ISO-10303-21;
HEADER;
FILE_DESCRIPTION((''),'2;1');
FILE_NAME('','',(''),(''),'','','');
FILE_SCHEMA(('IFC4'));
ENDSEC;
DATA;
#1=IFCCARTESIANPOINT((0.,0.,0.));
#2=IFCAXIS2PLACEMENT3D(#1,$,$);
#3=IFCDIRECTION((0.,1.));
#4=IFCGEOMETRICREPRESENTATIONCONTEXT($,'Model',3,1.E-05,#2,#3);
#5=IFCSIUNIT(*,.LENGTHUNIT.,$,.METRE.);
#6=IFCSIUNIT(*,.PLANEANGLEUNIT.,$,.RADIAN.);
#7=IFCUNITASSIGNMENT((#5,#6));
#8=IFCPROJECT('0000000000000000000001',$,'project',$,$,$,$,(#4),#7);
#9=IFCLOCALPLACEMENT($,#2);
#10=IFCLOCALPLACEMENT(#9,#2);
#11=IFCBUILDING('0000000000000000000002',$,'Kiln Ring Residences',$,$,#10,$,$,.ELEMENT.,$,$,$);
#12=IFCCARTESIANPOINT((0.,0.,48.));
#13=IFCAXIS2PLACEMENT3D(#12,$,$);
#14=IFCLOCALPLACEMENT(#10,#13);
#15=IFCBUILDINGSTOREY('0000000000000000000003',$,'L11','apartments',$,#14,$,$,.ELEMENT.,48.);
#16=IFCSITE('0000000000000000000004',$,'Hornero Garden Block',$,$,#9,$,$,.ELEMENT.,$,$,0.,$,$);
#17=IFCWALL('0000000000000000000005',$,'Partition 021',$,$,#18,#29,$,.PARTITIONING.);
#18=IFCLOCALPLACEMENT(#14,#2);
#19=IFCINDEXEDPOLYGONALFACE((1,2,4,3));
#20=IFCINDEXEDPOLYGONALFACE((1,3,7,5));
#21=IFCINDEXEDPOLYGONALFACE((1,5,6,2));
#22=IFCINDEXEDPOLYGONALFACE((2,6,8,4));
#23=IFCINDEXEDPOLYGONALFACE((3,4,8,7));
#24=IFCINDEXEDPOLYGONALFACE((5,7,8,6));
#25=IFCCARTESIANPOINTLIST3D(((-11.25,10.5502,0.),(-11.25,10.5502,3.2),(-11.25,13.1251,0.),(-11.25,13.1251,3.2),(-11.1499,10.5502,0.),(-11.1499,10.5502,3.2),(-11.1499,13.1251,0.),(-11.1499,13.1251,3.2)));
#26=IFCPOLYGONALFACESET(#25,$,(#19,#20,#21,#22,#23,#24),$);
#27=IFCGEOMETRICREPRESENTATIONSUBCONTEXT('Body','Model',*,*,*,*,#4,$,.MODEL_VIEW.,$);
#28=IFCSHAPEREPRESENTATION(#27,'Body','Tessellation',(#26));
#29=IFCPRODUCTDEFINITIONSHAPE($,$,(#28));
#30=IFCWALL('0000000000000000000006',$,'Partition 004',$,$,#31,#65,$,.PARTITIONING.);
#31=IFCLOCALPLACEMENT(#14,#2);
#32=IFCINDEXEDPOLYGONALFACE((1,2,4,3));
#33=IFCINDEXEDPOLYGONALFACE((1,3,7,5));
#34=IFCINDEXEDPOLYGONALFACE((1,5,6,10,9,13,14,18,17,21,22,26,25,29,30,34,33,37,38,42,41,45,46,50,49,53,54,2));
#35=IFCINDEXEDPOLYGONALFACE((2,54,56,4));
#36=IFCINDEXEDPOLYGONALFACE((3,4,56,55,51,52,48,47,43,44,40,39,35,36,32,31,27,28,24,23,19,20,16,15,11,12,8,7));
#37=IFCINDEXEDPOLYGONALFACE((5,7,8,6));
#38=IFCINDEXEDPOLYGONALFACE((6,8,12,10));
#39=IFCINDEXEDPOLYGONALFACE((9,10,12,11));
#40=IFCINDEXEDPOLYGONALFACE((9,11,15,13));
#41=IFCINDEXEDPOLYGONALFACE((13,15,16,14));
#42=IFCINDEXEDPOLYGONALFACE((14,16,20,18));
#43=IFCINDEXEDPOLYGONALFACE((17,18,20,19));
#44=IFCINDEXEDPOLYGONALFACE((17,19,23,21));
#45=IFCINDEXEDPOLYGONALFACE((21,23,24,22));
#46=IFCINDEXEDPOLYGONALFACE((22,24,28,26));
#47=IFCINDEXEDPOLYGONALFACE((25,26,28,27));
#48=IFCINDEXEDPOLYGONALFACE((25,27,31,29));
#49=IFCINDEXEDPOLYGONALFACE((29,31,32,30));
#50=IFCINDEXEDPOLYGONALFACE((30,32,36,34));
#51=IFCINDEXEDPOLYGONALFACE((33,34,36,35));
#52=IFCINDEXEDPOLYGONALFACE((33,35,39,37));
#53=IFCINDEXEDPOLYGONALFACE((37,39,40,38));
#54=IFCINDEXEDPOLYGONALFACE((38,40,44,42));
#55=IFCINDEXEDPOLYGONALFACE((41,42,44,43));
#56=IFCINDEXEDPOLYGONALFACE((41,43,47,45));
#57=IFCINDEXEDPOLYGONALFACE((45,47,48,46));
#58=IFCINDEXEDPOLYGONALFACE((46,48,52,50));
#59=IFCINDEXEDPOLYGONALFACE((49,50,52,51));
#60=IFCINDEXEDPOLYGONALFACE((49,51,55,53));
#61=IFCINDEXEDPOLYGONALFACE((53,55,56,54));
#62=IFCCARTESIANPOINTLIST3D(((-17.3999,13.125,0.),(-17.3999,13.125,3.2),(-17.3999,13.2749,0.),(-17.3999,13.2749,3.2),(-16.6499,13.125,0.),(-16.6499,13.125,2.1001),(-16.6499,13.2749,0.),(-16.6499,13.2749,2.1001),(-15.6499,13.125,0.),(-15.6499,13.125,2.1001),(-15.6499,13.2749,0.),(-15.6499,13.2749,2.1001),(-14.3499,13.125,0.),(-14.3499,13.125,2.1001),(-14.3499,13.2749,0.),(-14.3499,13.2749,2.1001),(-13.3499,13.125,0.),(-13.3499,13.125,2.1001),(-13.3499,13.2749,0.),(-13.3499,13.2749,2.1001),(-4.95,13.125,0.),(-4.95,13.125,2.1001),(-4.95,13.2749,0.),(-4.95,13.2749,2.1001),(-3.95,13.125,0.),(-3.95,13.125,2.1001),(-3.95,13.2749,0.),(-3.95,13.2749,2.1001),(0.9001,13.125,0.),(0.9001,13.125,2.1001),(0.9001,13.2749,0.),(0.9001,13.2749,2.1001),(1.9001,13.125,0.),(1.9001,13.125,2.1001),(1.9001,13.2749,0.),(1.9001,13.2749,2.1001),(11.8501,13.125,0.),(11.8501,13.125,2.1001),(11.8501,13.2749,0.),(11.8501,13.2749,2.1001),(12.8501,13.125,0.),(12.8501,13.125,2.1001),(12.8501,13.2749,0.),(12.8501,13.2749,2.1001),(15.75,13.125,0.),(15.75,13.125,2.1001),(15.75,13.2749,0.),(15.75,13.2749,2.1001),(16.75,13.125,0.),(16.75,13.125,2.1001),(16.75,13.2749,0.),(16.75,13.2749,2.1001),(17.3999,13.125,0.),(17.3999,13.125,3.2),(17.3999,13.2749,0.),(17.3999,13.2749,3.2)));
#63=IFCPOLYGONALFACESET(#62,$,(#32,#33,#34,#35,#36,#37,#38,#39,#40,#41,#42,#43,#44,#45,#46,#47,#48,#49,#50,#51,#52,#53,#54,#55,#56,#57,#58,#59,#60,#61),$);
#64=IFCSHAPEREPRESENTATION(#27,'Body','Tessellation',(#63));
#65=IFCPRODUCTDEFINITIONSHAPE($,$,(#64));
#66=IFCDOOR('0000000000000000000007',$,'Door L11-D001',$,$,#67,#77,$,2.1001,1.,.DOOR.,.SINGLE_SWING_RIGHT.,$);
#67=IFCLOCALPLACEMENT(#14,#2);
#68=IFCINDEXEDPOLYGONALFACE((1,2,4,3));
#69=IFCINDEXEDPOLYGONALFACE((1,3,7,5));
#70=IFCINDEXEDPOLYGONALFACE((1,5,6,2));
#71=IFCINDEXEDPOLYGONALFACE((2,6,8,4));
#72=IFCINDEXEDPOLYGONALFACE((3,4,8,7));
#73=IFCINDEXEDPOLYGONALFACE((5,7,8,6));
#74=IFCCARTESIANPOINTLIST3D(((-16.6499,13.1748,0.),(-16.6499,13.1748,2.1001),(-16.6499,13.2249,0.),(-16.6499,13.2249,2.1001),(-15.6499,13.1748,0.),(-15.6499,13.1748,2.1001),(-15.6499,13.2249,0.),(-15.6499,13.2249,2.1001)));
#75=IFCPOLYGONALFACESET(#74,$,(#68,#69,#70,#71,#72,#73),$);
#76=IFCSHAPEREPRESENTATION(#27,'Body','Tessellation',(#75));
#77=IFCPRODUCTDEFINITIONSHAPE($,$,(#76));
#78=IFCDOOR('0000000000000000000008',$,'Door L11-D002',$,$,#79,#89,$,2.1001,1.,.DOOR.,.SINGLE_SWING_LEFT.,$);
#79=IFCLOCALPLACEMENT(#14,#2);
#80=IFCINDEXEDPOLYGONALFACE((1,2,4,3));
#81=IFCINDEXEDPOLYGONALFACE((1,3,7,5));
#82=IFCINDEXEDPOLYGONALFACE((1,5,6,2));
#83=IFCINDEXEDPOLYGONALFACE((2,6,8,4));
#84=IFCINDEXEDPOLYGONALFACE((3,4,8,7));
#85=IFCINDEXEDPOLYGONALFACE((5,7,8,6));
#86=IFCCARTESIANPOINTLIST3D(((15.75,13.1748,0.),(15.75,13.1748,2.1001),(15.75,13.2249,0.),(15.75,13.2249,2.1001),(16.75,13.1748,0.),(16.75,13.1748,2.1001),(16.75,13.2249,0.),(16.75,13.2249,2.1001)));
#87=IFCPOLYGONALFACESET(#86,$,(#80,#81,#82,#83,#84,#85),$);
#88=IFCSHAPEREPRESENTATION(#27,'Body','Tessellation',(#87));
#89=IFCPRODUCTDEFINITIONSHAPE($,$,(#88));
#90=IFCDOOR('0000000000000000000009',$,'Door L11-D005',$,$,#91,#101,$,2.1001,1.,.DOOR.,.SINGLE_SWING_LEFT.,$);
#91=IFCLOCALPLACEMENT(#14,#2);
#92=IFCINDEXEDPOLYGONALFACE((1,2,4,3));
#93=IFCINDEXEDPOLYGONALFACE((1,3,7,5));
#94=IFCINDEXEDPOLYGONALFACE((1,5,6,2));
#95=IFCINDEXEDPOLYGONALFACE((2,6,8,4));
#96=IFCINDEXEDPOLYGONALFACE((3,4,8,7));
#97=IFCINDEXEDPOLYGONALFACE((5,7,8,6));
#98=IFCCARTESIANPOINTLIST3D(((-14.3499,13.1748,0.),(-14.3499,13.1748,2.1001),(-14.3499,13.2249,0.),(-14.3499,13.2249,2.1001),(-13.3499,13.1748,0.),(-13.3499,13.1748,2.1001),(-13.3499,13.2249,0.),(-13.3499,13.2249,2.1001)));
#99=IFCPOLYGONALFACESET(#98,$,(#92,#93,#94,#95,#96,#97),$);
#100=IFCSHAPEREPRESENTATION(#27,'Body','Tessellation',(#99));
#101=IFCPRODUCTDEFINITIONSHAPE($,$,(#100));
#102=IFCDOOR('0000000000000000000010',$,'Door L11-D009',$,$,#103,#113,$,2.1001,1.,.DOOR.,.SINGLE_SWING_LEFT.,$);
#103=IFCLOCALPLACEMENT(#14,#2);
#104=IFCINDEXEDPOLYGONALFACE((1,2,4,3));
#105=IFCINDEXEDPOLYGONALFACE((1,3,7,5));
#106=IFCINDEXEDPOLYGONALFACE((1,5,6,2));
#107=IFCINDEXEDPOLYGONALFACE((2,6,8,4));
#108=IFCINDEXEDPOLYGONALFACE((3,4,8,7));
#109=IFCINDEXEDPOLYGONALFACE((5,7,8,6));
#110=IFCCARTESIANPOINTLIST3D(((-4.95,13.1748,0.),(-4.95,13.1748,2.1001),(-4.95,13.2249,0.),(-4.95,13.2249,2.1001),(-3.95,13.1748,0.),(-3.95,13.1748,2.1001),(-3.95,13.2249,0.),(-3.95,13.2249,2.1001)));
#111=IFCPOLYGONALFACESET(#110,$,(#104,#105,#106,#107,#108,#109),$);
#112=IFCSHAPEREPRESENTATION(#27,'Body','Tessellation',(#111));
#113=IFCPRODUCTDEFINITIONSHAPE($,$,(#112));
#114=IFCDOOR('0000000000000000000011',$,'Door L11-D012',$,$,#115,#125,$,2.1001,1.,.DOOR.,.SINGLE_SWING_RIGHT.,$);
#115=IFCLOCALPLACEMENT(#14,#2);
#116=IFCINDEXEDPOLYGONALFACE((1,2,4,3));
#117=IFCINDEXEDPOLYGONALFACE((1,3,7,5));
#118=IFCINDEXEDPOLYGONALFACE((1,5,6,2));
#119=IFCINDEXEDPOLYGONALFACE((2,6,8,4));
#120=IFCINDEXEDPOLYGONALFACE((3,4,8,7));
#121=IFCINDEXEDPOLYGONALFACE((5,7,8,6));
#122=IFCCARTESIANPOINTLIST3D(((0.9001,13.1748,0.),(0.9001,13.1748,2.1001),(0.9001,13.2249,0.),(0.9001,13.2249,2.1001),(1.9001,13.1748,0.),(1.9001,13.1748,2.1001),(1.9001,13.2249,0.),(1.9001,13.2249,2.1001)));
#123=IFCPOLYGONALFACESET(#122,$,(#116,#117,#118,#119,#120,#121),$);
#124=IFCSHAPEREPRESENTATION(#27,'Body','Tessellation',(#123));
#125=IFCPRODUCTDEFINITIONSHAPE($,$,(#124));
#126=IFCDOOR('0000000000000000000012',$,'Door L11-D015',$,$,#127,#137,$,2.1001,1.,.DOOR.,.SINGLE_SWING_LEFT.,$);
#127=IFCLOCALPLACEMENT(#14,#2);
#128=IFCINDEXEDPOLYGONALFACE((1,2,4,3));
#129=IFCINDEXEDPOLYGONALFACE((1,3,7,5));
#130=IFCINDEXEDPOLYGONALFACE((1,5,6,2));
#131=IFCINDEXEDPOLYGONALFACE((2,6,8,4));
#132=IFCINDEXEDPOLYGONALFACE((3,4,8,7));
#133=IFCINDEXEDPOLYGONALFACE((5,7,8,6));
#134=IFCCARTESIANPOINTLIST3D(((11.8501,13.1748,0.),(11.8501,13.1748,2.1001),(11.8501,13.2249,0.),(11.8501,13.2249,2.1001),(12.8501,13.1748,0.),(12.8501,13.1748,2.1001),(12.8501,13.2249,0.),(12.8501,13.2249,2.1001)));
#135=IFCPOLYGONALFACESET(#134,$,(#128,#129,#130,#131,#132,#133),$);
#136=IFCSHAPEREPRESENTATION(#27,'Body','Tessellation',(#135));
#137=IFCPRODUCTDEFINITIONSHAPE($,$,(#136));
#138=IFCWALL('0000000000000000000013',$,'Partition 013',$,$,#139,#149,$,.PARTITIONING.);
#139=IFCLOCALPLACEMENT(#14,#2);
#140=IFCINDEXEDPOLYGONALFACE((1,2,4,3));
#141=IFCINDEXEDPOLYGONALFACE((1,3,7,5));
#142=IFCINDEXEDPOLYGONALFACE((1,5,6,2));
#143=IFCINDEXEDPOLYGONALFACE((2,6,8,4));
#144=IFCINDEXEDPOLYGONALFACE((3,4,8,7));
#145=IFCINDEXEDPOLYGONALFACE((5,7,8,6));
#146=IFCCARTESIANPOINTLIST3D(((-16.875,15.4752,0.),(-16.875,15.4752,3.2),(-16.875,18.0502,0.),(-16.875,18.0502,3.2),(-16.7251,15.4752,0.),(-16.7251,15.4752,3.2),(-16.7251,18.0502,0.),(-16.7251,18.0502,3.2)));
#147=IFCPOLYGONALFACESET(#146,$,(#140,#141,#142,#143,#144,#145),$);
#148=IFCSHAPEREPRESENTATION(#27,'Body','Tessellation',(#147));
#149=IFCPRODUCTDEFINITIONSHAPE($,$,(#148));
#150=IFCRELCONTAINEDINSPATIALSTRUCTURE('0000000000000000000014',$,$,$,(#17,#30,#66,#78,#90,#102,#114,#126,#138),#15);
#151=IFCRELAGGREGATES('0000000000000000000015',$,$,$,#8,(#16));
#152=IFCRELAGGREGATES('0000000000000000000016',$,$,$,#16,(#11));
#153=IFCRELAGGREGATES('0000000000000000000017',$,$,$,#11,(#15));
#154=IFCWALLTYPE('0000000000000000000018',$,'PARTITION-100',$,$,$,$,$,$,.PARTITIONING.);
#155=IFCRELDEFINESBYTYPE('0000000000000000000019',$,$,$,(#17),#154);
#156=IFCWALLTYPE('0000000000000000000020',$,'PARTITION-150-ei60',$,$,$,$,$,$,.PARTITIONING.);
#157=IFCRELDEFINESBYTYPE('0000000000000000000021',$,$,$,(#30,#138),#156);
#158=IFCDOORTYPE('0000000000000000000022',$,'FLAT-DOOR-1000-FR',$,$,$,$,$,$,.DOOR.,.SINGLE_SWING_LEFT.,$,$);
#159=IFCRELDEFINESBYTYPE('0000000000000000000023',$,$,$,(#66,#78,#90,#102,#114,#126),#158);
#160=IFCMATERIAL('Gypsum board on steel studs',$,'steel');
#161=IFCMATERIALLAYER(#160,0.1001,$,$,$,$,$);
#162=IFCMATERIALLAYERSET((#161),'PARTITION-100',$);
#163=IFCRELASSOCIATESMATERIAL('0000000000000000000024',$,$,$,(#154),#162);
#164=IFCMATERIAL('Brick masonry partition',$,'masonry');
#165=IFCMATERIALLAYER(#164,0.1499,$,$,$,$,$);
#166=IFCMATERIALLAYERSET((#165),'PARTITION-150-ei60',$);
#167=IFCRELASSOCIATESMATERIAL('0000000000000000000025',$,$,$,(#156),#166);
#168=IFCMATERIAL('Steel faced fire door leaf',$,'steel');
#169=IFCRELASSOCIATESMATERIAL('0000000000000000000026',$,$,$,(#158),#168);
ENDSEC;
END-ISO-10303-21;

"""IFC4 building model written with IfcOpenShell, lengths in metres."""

from ifc_helpers import new_model, si_unit, direction, frame, frame_2d, origin, place, context, subcontext, project, spatial, rectangle, extrude, material, layer, layer_set, type_object, element, fill, save


model = new_model("IFC4")

# Units and contexts
model_context = context("Model", 3, precision=1e-05, world=origin(), true_north=direction((0.0, 1.0)))
body_context = subcontext(model_context, "Body", "Model", "MODEL_VIEW")
ifc_project = project(units=[si_unit("LENGTHUNIT", "METRE"), si_unit("PLANEANGLEUNIT", "RADIAN")], contexts=[model_context])

# Site, building, storey
site_placement = place(None, origin())
site = spatial("IfcSite", under=ifc_project, at=site_placement, Name="Hornero Garden Block", CompositionType="ELEMENT", RefElevation=0.0)
building_placement = place(site_placement, origin())
building = spatial("IfcBuilding", under=site, at=building_placement, Name="Kiln Ring Residences", CompositionType="ELEMENT")
storey_placement = place(building_placement, frame((0.0, 0.0, 48.0)))
storey = spatial("IfcBuildingStorey", under=building, at=storey_placement, Name="L11", Description="apartments", CompositionType="ELEMENT", Elevation=48.0)

# Shared definitions
ifc_material_1 = material(Name="Gypsum board on steel studs", Category="steel")
ifc_layer_1 = layer(ifc_material_1, 0.1001)
ifc_layer_set_1 = layer_set([ifc_layer_1], Name="PARTITION-100")
wall_type_1 = type_object("IfcWallType", Name="PARTITION-100", PredefinedType="PARTITIONING", material=ifc_layer_set_1)

# Wall
wall_1_placement = place(storey_placement, frame((-11.2, 10.55, 0.0), z_axis=(0.0, 0.0, 1.0), x_axis=(0.0, 1.0, 0.0)))
element("IfcWall", 1, at=wall_1_placement, inside=storey, type_object=wall_type_1, Name="Partition 021", PredefinedType="PARTITIONING", context=body_context, shape_type="SweptSolid", body=[
    extrude(rectangle(XDim=2.575, YDim=0.1001, at=frame_2d((1.2876, 0.0))), origin(), (0.0, 0.0, 1.0), 3.2),
])

# Wall, openings, doors
ifc_material_2 = material(Name="Brick masonry partition", Category="masonry")
ifc_layer_2 = layer(ifc_material_2, 0.1499)
ifc_layer_set_2 = layer_set([ifc_layer_2], Name="PARTITION-150-ei60")
wall_type_2 = type_object("IfcWallType", Name="PARTITION-150-ei60", PredefinedType="PARTITIONING", material=ifc_layer_set_2)
wall_2_placement = place(storey_placement, frame((-17.3999, 13.2, 0.0), z_axis=(0.0, 0.0, 1.0), x_axis=(1.0, 0.0, 0.0)))
wall_2 = element("IfcWall", 2, at=wall_2_placement, inside=storey, type_object=wall_type_2, Name="Partition 004", PredefinedType="PARTITIONING", context=body_context, shape_type="SweptSolid", body=[
    extrude(rectangle(XDim=34.7998, YDim=0.1499, at=frame_2d((17.3999, 0.0))), origin(), (0.0, 0.0, 1.0), 3.2),
])
opening_1_placement = place(wall_2_placement, frame((0.75, 0.0, 0.0)))
opening_1 = element("IfcOpeningElement", 3, at=opening_1_placement, cuts=wall_2, PredefinedType="OPENING", context=body_context, shape_type="SweptSolid", body=[
    extrude(rectangle(XDim=1.0, YDim=2.1001, at=frame_2d((0.5, 1.05))), frame((0.0, 0.085, 0.0), z_axis=(0.0, -1.0, 0.0), x_axis=(1.0, 0.0, 0.0)), (0.0, 0.0, 1.0), 0.1699),
])
opening_2_placement = place(wall_2_placement, frame((33.1499, 0.0, 0.0)))
opening_2 = element("IfcOpeningElement", 4, at=opening_2_placement, cuts=wall_2, PredefinedType="OPENING", context=body_context, shape_type="SweptSolid", body=[
    extrude(rectangle(XDim=1.0, YDim=2.1001, at=frame_2d((0.5, 1.05))), frame((0.0, 0.085, 0.0), z_axis=(0.0, -1.0, 0.0), x_axis=(1.0, 0.0, 0.0)), (0.0, 0.0, 1.0), 0.1699),
])
opening_3_placement = place(wall_2_placement, frame((3.05, 0.0, 0.0)))
opening_3 = element("IfcOpeningElement", 5, at=opening_3_placement, cuts=wall_2, PredefinedType="OPENING", context=body_context, shape_type="SweptSolid", body=[
    extrude(rectangle(XDim=1.0, YDim=2.1001, at=frame_2d((0.5, 1.05))), frame((0.0, 0.085, 0.0), z_axis=(0.0, -1.0, 0.0), x_axis=(1.0, 0.0, 0.0)), (0.0, 0.0, 1.0), 0.1699),
])
opening_4_placement = place(wall_2_placement, frame((12.45, 0.0, 0.0)))
opening_4 = element("IfcOpeningElement", 6, at=opening_4_placement, cuts=wall_2, PredefinedType="OPENING", context=body_context, shape_type="SweptSolid", body=[
    extrude(rectangle(XDim=1.0, YDim=2.1001, at=frame_2d((0.5, 1.05))), frame((0.0, 0.085, 0.0), z_axis=(0.0, -1.0, 0.0), x_axis=(1.0, 0.0, 0.0)), (0.0, 0.0, 1.0), 0.1699),
])
opening_5_placement = place(wall_2_placement, frame((18.3, 0.0, 0.0)))
opening_5 = element("IfcOpeningElement", 7, at=opening_5_placement, cuts=wall_2, PredefinedType="OPENING", context=body_context, shape_type="SweptSolid", body=[
    extrude(rectangle(XDim=1.0, YDim=2.1001, at=frame_2d((0.5, 1.05))), frame((0.0, 0.085, 0.0), z_axis=(0.0, -1.0, 0.0), x_axis=(1.0, 0.0, 0.0)), (0.0, 0.0, 1.0), 0.1699),
])
opening_6_placement = place(wall_2_placement, frame((29.25, 0.0, 0.0)))
opening_6 = element("IfcOpeningElement", 8, at=opening_6_placement, cuts=wall_2, PredefinedType="OPENING", context=body_context, shape_type="SweptSolid", body=[
    extrude(rectangle(XDim=1.0, YDim=2.1001, at=frame_2d((0.5, 1.05))), frame((0.0, 0.085, 0.0), z_axis=(0.0, -1.0, 0.0), x_axis=(1.0, 0.0, 0.0)), (0.0, 0.0, 1.0), 0.1699),
])
ifc_material_3 = material(Name="Steel faced fire door leaf", Category="steel")
door_type_1 = type_object("IfcDoorType", Name="FLAT-DOOR-1000-FR", OperationType="SINGLE_SWING_LEFT", PredefinedType="DOOR", material=ifc_material_3)
door_1_placement = place(opening_1_placement, origin())
door_1 = element("IfcDoor", 9, at=door_1_placement, inside=storey, type_object=door_type_1, Name="Door L11-D001", OperationType="SINGLE_SWING_RIGHT", OverallHeight=2.1001, OverallWidth=1.0, PredefinedType="DOOR", context=body_context, shape_type="SweptSolid", body=[
    extrude(rectangle(XDim=1.0, YDim=2.1001, at=frame_2d((0.5, 1.05))), frame((0.0, 0.0249, 0.0), z_axis=(0.0, -1.0, 0.0), x_axis=(1.0, 0.0, 0.0)), (0.0, 0.0, 1.0), 0.05),
])
fill(opening_1, door_1)
door_2_placement = place(opening_2_placement, origin())
door_2 = element("IfcDoor", 10, at=door_2_placement, inside=storey, type_object=door_type_1, Name="Door L11-D002", OperationType="SINGLE_SWING_LEFT", OverallHeight=2.1001, OverallWidth=1.0, PredefinedType="DOOR", context=body_context, shape_type="SweptSolid", body=[
    extrude(rectangle(XDim=1.0, YDim=2.1001, at=frame_2d((0.5, 1.05))), frame((0.0, 0.0249, 0.0), z_axis=(0.0, -1.0, 0.0), x_axis=(1.0, 0.0, 0.0)), (0.0, 0.0, 1.0), 0.05),
])
fill(opening_2, door_2)
door_3_placement = place(opening_3_placement, origin())
door_3 = element("IfcDoor", 11, at=door_3_placement, inside=storey, type_object=door_type_1, Name="Door L11-D005", OperationType="SINGLE_SWING_LEFT", OverallHeight=2.1001, OverallWidth=1.0, PredefinedType="DOOR", context=body_context, shape_type="SweptSolid", body=[
    extrude(rectangle(XDim=1.0, YDim=2.1001, at=frame_2d((0.5, 1.05))), frame((0.0, 0.0249, 0.0), z_axis=(0.0, -1.0, 0.0), x_axis=(1.0, 0.0, 0.0)), (0.0, 0.0, 1.0), 0.05),
])
fill(opening_3, door_3)
door_4_placement = place(opening_4_placement, origin())
door_4 = element("IfcDoor", 12, at=door_4_placement, inside=storey, type_object=door_type_1, Name="Door L11-D009", OperationType="SINGLE_SWING_LEFT", OverallHeight=2.1001, OverallWidth=1.0, PredefinedType="DOOR", context=body_context, shape_type="SweptSolid", body=[
    extrude(rectangle(XDim=1.0, YDim=2.1001, at=frame_2d((0.5, 1.05))), frame((0.0, 0.0249, 0.0), z_axis=(0.0, -1.0, 0.0), x_axis=(1.0, 0.0, 0.0)), (0.0, 0.0, 1.0), 0.05),
])
fill(opening_4, door_4)
door_5_placement = place(opening_5_placement, origin())
door_5 = element("IfcDoor", 13, at=door_5_placement, inside=storey, type_object=door_type_1, Name="Door L11-D012", OperationType="SINGLE_SWING_RIGHT", OverallHeight=2.1001, OverallWidth=1.0, PredefinedType="DOOR", context=body_context, shape_type="SweptSolid", body=[
    extrude(rectangle(XDim=1.0, YDim=2.1001, at=frame_2d((0.5, 1.05))), frame((0.0, 0.0249, 0.0), z_axis=(0.0, -1.0, 0.0), x_axis=(1.0, 0.0, 0.0)), (0.0, 0.0, 1.0), 0.05),
])
fill(opening_5, door_5)
door_6_placement = place(opening_6_placement, origin())
door_6 = element("IfcDoor", 14, at=door_6_placement, inside=storey, type_object=door_type_1, Name="Door L11-D015", OperationType="SINGLE_SWING_LEFT", OverallHeight=2.1001, OverallWidth=1.0, PredefinedType="DOOR", context=body_context, shape_type="SweptSolid", body=[
    extrude(rectangle(XDim=1.0, YDim=2.1001, at=frame_2d((0.5, 1.05))), frame((0.0, 0.0249, 0.0), z_axis=(0.0, -1.0, 0.0), x_axis=(1.0, 0.0, 0.0)), (0.0, 0.0, 1.0), 0.05),
])
fill(opening_6, door_6)

# Wall
wall_3_placement = place(storey_placement, frame((-16.8, 15.4751, 0.0), z_axis=(0.0, 0.0, 1.0), x_axis=(0.0, 1.0, 0.0)))
element("IfcWall", 15, at=wall_3_placement, inside=storey, type_object=wall_type_2, Name="Partition 013", PredefinedType="PARTITIONING", context=body_context, shape_type="SweptSolid", body=[
    extrude(rectangle(XDim=2.575, YDim=0.1499, at=frame_2d((1.2876, 0.0))), origin(), (0.0, 0.0, 1.0), 3.2),
])

save(model, "model.ifc")
